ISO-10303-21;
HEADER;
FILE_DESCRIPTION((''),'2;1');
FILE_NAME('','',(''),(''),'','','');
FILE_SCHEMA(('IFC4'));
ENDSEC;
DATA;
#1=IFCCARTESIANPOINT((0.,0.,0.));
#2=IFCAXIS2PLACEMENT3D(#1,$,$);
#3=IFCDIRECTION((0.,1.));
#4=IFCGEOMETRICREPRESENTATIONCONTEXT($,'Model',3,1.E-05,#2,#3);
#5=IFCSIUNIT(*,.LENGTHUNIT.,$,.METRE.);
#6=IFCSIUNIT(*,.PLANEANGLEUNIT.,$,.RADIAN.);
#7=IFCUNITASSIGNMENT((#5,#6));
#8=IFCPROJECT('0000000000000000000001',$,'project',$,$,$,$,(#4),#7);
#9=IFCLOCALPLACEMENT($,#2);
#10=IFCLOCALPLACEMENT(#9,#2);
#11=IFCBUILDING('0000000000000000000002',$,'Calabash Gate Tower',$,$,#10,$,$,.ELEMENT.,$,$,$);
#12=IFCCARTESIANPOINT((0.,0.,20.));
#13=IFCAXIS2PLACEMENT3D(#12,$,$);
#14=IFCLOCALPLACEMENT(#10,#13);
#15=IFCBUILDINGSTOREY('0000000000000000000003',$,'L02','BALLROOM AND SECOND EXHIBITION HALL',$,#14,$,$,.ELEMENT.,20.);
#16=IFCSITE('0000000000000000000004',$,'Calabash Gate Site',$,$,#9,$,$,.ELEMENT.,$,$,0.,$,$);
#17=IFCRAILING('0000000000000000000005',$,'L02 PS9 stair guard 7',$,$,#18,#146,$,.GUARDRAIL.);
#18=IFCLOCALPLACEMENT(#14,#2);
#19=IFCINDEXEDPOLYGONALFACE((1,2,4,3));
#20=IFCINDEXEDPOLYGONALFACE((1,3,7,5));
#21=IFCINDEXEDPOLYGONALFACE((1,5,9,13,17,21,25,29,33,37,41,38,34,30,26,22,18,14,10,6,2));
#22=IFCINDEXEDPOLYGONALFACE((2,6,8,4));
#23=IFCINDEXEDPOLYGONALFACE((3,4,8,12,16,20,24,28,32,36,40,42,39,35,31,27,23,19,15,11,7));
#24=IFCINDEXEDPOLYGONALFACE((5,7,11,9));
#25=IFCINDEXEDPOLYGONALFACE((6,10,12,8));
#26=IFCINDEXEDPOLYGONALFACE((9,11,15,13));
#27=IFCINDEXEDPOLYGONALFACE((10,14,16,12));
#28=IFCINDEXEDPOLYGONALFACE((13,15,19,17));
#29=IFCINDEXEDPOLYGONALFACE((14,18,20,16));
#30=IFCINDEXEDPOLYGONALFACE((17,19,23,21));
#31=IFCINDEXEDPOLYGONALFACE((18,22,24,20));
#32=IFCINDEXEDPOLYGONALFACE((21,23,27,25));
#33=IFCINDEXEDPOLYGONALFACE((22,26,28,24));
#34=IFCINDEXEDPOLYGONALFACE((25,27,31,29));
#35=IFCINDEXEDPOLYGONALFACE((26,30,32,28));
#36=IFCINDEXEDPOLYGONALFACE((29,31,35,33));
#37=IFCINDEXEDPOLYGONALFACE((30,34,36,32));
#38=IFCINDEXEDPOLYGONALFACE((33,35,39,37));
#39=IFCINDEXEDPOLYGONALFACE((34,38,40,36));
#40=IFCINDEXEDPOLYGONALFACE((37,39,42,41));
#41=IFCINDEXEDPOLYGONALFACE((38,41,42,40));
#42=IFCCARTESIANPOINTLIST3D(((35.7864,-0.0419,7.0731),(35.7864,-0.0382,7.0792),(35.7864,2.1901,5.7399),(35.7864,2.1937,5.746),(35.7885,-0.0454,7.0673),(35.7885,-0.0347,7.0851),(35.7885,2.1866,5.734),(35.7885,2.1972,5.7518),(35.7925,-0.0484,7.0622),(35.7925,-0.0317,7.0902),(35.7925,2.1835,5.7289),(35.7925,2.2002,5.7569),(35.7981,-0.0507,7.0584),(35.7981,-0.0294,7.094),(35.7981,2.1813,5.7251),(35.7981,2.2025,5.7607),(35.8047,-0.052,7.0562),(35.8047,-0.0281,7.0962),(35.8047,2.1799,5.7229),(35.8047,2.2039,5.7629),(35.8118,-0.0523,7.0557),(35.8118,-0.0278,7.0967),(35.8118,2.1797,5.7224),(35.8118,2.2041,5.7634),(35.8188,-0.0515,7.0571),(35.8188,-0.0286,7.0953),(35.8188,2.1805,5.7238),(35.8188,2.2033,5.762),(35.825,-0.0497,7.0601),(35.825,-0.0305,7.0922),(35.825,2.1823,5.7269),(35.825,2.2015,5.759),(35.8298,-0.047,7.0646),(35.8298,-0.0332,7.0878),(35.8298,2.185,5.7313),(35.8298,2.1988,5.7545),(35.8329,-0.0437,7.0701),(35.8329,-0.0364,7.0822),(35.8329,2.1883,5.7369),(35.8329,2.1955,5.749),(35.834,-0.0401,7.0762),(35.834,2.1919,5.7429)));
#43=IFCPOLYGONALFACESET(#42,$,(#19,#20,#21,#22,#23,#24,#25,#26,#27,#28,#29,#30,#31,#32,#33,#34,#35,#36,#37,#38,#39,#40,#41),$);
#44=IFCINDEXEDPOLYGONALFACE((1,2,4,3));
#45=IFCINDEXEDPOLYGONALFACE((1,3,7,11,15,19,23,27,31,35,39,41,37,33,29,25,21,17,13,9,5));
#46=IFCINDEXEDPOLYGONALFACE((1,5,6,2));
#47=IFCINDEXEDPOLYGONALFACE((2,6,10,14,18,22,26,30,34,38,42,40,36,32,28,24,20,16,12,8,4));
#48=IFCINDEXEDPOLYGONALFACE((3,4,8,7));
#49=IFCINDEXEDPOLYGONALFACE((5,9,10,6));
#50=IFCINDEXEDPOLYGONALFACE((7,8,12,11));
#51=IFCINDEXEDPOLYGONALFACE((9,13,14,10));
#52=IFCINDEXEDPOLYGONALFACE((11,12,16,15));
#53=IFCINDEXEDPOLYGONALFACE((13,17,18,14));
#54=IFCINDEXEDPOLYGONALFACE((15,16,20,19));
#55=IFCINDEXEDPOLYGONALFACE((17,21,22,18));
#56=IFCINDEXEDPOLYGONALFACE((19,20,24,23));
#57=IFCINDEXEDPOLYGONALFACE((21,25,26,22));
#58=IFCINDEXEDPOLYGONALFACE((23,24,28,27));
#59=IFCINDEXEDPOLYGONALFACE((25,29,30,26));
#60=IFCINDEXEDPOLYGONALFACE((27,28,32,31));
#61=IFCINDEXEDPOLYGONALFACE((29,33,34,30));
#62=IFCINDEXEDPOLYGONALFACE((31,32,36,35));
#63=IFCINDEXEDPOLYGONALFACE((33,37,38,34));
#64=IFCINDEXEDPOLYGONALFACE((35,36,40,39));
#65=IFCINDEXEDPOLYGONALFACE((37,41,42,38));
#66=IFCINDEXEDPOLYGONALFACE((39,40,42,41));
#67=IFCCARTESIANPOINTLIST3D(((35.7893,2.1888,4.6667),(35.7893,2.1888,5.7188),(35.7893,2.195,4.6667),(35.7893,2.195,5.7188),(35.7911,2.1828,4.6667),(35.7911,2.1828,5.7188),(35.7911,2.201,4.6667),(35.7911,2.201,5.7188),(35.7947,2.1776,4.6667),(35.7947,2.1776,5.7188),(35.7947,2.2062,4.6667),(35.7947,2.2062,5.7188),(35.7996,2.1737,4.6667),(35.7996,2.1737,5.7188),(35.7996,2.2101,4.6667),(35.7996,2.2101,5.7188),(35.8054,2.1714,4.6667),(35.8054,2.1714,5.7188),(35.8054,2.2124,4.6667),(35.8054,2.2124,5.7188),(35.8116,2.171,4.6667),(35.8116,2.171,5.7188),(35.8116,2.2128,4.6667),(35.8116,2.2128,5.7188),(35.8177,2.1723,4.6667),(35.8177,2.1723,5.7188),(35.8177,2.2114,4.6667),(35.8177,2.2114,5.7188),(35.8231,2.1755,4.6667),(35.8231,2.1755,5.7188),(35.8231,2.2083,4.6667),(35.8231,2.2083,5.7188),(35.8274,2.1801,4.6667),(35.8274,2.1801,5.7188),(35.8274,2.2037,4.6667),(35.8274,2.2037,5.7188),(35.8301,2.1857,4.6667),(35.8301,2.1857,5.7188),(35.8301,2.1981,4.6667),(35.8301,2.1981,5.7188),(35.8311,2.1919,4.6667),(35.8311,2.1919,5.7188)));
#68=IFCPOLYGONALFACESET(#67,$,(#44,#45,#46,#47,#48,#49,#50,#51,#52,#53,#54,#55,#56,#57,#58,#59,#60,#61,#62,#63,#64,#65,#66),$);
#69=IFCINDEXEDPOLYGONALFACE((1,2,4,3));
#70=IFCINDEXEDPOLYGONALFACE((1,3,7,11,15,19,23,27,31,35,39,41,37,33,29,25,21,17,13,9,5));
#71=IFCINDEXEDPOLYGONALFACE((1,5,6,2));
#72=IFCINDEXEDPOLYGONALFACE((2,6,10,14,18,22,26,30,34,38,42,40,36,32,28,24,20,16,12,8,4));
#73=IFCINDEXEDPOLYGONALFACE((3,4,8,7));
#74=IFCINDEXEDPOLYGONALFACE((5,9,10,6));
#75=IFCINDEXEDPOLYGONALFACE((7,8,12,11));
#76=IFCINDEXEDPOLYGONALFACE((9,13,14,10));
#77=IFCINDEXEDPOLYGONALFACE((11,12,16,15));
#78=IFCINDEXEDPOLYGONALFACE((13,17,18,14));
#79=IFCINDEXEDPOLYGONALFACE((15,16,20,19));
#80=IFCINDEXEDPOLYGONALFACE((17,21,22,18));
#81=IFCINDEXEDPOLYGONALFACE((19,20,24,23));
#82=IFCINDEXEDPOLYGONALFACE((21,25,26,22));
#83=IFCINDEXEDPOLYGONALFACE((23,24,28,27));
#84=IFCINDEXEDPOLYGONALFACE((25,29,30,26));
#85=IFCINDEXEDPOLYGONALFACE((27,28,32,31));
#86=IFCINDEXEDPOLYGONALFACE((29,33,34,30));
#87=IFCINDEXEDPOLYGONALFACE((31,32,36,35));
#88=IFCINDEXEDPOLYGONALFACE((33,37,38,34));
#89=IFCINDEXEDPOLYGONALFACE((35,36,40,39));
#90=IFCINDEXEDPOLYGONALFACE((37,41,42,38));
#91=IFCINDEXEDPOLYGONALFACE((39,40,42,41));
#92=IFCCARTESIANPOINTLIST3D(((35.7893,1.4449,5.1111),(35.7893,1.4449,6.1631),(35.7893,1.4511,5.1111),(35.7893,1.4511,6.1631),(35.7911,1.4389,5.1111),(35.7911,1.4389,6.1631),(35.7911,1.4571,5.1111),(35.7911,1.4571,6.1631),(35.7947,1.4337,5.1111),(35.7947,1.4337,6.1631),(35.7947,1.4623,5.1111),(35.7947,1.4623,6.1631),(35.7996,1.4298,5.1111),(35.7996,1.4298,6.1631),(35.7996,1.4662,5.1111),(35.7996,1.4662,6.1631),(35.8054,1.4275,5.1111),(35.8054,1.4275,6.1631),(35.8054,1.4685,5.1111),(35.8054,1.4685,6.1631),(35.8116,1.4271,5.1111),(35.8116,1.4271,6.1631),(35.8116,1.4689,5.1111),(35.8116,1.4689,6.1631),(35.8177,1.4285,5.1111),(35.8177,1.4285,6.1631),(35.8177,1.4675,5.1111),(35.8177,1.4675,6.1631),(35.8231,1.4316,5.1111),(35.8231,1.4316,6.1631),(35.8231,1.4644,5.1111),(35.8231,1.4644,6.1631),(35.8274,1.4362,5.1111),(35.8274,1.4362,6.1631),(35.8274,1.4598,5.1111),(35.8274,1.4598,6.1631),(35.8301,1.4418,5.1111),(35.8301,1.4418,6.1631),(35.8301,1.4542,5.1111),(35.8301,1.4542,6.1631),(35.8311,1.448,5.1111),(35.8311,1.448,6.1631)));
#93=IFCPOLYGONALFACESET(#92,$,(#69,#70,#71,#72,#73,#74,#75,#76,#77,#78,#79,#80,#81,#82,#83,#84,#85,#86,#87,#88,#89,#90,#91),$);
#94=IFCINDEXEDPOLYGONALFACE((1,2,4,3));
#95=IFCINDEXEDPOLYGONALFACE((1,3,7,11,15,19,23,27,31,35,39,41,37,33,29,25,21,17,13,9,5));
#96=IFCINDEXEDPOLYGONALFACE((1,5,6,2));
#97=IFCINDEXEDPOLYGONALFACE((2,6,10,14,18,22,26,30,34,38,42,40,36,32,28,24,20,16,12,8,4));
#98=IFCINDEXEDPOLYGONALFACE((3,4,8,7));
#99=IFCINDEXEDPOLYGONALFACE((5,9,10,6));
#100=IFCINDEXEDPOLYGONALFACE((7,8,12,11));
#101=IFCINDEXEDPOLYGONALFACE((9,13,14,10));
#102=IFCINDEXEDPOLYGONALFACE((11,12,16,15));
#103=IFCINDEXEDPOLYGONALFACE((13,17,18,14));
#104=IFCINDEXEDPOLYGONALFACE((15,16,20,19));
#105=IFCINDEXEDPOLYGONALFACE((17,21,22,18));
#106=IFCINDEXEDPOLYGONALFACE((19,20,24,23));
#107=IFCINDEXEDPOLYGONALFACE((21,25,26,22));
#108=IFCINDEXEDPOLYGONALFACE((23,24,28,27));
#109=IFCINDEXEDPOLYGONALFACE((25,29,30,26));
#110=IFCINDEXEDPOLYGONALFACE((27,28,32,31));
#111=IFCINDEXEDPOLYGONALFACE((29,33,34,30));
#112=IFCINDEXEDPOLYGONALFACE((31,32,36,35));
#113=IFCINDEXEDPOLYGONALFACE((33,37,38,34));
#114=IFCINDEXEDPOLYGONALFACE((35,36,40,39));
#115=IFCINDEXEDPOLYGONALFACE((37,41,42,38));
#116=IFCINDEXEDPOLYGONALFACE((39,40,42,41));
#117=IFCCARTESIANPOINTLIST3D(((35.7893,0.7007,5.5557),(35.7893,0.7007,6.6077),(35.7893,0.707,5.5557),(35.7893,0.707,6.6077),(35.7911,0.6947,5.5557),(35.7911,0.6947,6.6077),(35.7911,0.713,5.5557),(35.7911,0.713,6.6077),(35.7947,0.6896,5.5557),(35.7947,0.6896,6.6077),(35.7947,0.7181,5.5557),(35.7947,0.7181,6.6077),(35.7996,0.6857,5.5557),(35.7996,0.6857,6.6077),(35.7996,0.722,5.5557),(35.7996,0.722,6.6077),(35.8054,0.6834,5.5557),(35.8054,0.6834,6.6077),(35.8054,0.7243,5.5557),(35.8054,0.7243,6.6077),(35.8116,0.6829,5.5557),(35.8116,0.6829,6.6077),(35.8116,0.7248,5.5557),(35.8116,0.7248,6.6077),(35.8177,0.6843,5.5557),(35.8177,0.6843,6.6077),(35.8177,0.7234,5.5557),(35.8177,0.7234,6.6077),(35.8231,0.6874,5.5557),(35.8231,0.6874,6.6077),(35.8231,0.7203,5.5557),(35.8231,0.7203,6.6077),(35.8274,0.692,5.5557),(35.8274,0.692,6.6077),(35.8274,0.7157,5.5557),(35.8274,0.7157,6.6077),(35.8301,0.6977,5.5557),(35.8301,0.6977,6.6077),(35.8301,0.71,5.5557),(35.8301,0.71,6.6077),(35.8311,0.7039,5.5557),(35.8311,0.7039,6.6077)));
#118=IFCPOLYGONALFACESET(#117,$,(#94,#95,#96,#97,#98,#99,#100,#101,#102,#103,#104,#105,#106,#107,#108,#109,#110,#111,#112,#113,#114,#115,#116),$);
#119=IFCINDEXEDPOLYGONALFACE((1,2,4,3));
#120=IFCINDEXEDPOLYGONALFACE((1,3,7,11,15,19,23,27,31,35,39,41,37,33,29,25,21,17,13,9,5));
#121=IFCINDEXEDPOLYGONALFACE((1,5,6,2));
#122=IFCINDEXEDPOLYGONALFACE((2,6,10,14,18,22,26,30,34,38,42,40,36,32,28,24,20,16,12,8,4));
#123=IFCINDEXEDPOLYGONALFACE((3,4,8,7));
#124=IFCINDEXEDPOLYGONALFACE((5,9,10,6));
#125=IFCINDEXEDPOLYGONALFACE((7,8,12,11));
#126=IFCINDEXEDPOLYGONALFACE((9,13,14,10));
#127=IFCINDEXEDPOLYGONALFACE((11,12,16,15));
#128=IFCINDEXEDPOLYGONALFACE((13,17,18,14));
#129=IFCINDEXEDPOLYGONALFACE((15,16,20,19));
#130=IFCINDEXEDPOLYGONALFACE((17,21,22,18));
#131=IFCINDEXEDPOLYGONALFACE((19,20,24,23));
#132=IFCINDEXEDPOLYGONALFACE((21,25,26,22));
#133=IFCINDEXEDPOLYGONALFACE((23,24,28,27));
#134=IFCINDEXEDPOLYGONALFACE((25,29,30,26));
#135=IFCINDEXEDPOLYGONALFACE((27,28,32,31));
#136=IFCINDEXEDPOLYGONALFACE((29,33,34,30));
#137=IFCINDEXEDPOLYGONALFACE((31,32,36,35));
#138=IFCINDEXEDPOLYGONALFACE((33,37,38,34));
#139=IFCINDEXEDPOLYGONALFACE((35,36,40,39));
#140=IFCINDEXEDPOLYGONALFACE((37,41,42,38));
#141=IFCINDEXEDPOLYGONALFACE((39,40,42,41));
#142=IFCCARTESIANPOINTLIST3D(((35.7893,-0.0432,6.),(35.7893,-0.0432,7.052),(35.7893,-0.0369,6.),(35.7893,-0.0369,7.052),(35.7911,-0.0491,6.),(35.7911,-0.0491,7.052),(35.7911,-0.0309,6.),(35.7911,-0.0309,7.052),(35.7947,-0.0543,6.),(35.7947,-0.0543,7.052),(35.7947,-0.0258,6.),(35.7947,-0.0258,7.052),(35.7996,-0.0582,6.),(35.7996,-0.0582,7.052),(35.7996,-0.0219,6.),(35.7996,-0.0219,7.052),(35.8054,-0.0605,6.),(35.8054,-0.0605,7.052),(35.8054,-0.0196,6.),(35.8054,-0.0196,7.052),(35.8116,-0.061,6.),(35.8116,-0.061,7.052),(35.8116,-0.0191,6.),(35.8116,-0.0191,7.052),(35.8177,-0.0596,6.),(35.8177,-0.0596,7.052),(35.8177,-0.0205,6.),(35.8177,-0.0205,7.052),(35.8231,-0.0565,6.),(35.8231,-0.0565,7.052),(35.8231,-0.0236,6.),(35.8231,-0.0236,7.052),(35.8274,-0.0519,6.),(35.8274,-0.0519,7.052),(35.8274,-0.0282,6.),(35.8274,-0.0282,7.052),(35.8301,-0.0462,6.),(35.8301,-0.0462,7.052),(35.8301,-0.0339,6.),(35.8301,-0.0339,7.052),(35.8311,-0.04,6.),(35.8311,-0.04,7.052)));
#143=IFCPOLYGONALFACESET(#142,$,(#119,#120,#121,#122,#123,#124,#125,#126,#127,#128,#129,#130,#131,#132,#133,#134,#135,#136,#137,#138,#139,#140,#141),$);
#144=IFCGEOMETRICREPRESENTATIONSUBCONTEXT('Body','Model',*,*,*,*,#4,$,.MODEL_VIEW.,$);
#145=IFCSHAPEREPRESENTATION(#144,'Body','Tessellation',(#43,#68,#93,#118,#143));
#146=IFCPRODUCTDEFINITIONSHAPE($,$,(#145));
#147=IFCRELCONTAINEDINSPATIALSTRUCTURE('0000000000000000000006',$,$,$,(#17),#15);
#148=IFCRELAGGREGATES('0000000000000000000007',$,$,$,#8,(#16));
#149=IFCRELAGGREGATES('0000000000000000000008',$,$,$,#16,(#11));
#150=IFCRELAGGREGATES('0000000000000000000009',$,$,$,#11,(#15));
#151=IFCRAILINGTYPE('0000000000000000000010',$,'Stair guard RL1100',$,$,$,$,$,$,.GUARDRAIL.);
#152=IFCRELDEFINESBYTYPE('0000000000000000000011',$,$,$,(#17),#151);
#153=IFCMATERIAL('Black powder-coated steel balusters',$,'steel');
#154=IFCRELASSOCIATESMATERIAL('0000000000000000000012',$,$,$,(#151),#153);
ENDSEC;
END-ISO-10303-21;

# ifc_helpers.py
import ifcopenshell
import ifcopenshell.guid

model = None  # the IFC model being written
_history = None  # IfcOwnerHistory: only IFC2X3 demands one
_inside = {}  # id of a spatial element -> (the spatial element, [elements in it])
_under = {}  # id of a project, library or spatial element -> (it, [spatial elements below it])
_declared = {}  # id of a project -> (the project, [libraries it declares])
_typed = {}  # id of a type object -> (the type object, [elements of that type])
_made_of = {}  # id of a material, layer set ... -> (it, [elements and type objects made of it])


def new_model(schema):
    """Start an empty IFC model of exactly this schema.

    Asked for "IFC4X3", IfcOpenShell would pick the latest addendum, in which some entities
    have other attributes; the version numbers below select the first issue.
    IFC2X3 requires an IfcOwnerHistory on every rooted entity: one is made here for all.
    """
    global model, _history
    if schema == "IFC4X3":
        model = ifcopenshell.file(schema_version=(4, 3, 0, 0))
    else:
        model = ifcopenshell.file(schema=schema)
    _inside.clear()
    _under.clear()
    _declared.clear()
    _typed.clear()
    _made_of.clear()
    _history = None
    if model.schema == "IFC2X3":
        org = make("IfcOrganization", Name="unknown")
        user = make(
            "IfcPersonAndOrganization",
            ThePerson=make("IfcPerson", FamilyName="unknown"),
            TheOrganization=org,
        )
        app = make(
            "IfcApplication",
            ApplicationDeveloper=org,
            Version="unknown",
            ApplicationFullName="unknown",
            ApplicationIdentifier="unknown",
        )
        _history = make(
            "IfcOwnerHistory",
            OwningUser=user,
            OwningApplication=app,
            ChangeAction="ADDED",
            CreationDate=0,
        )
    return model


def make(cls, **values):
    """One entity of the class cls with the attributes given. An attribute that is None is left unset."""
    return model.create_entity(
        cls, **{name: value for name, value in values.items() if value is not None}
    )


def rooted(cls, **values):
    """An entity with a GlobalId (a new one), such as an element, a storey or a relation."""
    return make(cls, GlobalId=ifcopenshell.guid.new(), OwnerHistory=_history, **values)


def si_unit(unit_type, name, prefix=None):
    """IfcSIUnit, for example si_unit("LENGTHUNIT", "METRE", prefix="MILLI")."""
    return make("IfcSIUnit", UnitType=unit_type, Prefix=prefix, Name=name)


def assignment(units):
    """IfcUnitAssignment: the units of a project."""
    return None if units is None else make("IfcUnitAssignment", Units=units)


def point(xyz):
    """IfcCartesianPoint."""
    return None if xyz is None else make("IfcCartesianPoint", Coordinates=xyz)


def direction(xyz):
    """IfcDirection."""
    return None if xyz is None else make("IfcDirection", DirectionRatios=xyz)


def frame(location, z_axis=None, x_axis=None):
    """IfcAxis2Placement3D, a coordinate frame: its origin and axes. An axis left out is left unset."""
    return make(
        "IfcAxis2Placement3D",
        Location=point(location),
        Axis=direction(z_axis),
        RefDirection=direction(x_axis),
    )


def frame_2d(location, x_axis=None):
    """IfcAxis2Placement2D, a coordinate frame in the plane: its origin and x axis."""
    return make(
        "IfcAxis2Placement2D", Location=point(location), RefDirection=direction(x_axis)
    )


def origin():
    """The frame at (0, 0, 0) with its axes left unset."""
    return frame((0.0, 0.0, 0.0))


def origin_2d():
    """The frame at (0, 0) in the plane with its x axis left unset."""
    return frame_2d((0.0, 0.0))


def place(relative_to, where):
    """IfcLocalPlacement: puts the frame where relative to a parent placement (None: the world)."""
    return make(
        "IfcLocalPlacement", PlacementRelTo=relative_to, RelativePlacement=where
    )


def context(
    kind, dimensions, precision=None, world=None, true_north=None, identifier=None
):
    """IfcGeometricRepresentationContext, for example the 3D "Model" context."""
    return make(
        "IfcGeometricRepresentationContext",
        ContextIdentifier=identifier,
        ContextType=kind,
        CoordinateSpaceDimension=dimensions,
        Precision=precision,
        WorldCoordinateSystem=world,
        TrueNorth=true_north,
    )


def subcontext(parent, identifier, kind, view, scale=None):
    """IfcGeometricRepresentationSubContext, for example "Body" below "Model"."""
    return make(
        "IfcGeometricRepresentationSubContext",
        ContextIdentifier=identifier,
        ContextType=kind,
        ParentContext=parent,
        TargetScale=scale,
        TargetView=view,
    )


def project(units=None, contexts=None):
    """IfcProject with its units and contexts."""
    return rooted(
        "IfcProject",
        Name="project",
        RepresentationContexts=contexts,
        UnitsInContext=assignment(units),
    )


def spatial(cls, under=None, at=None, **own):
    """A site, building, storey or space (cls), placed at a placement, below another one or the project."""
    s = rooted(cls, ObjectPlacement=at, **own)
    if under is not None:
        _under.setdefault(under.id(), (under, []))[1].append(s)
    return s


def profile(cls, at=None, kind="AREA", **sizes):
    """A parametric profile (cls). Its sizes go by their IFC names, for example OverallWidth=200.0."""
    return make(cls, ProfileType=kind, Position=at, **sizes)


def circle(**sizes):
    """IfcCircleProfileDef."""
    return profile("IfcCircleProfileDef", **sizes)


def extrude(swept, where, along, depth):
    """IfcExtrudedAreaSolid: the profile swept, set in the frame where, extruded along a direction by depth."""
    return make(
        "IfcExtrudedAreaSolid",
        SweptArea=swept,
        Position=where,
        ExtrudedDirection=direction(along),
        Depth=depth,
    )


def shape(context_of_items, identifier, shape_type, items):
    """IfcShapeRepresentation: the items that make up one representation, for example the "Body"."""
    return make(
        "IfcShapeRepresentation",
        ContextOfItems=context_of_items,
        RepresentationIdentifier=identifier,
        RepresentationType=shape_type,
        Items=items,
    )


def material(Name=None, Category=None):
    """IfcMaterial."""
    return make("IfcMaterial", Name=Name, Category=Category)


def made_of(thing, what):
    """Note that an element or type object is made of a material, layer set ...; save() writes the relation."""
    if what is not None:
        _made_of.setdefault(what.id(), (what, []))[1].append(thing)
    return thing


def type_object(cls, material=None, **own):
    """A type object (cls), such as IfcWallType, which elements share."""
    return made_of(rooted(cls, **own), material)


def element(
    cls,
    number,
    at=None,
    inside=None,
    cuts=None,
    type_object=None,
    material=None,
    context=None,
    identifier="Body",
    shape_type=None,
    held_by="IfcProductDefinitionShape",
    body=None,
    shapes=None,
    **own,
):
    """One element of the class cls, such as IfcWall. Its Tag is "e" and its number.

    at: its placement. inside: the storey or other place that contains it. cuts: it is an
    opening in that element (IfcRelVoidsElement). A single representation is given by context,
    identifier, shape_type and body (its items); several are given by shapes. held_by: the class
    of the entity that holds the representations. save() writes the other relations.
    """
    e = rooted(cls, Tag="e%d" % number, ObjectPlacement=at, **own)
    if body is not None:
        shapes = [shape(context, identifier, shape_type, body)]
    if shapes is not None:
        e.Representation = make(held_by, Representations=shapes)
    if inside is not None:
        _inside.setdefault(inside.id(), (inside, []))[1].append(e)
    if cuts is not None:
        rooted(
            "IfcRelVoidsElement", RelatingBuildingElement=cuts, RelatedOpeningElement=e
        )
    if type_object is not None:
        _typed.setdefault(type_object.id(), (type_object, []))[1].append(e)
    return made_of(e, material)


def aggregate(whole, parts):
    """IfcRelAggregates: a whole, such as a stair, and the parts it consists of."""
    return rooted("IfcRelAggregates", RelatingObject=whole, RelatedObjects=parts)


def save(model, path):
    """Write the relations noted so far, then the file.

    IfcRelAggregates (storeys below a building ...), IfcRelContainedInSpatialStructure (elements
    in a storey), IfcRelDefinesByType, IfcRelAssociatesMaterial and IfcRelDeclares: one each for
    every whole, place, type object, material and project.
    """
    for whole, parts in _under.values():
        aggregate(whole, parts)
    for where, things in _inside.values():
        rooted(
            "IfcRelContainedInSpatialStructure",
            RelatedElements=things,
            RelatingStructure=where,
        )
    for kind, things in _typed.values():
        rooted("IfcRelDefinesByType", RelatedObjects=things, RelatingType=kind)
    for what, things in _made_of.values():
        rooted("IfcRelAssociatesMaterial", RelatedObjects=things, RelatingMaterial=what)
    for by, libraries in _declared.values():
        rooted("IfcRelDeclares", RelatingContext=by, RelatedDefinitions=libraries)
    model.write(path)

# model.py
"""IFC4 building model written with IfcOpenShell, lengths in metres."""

from ifc_helpers import new_model, si_unit, direction, frame, origin, origin_2d, place, context, subcontext, project, spatial, circle, extrude, material, type_object, element, save


model = new_model("IFC4")

# Units and contexts
model_context = context("Model", 3, precision=1e-05, world=origin(), true_north=direction((0.0, 1.0)))
body_context = subcontext(model_context, "Body", "Model", "MODEL_VIEW")
ifc_project = project(units=[si_unit("LENGTHUNIT", "METRE"), si_unit("PLANEANGLEUNIT", "RADIAN")], contexts=[model_context])

# Site, building, storey
site_placement = place(None, origin())
site = spatial("IfcSite", under=ifc_project, at=site_placement, Name="Calabash Gate Site", CompositionType="ELEMENT", RefElevation=0.0)
building_placement = place(site_placement, origin())
building = spatial("IfcBuilding", under=site, at=building_placement, Name="Calabash Gate Tower", CompositionType="ELEMENT")
storey_placement = place(building_placement, frame((0.0, 0.0, 20.0)))
storey = spatial("IfcBuildingStorey", under=building, at=storey_placement, Name="L02", Description="BALLROOM AND SECOND EXHIBITION HALL", CompositionType="ELEMENT", Elevation=20.0)

# Railing
ifc_material_1 = material(Name="Black powder-coated steel balusters", Category="steel")
railing_type = type_object("IfcRailingType", Name="Stair guard RL1100", PredefinedType="GUARDRAIL", material=ifc_material_1)
railing_1_placement = place(storey_placement, frame((35.8101, 2.1919, 4.6667)))
element("IfcRailing", 1, at=railing_1_placement, inside=storey, type_object=railing_type, Name="L02 PS9 stair guard 7", PredefinedType="GUARDRAIL", context=body_context, shape_type="SweptSolid", body=[
    extrude(circle(Radius=0.0239, at=origin_2d()), frame((0.0, 0.0, 1.0762), z_axis=(0.0, -0.858494, 0.512824), x_axis=(1.0, 0.0, 0.0)), (0.0, 0.0, 1.0), 2.5999),
    extrude(circle(Radius=0.021, at=origin_2d()), origin(), (0.0, 0.0, 1.0), 1.052),
    extrude(circle(Radius=0.021, at=origin_2d()), frame((0.0, -0.7439, 0.4443)), (0.0, 0.0, 1.0), 1.052),
    extrude(circle(Radius=0.021, at=origin_2d()), frame((0.0, -1.488, 0.8889)), (0.0, 0.0, 1.0), 1.052),
    extrude(circle(Radius=0.021, at=origin_2d()), frame((0.0, -2.2319, 1.3333)), (0.0, 0.0, 1.0), 1.052),
])

save(model, "model.ifc")
